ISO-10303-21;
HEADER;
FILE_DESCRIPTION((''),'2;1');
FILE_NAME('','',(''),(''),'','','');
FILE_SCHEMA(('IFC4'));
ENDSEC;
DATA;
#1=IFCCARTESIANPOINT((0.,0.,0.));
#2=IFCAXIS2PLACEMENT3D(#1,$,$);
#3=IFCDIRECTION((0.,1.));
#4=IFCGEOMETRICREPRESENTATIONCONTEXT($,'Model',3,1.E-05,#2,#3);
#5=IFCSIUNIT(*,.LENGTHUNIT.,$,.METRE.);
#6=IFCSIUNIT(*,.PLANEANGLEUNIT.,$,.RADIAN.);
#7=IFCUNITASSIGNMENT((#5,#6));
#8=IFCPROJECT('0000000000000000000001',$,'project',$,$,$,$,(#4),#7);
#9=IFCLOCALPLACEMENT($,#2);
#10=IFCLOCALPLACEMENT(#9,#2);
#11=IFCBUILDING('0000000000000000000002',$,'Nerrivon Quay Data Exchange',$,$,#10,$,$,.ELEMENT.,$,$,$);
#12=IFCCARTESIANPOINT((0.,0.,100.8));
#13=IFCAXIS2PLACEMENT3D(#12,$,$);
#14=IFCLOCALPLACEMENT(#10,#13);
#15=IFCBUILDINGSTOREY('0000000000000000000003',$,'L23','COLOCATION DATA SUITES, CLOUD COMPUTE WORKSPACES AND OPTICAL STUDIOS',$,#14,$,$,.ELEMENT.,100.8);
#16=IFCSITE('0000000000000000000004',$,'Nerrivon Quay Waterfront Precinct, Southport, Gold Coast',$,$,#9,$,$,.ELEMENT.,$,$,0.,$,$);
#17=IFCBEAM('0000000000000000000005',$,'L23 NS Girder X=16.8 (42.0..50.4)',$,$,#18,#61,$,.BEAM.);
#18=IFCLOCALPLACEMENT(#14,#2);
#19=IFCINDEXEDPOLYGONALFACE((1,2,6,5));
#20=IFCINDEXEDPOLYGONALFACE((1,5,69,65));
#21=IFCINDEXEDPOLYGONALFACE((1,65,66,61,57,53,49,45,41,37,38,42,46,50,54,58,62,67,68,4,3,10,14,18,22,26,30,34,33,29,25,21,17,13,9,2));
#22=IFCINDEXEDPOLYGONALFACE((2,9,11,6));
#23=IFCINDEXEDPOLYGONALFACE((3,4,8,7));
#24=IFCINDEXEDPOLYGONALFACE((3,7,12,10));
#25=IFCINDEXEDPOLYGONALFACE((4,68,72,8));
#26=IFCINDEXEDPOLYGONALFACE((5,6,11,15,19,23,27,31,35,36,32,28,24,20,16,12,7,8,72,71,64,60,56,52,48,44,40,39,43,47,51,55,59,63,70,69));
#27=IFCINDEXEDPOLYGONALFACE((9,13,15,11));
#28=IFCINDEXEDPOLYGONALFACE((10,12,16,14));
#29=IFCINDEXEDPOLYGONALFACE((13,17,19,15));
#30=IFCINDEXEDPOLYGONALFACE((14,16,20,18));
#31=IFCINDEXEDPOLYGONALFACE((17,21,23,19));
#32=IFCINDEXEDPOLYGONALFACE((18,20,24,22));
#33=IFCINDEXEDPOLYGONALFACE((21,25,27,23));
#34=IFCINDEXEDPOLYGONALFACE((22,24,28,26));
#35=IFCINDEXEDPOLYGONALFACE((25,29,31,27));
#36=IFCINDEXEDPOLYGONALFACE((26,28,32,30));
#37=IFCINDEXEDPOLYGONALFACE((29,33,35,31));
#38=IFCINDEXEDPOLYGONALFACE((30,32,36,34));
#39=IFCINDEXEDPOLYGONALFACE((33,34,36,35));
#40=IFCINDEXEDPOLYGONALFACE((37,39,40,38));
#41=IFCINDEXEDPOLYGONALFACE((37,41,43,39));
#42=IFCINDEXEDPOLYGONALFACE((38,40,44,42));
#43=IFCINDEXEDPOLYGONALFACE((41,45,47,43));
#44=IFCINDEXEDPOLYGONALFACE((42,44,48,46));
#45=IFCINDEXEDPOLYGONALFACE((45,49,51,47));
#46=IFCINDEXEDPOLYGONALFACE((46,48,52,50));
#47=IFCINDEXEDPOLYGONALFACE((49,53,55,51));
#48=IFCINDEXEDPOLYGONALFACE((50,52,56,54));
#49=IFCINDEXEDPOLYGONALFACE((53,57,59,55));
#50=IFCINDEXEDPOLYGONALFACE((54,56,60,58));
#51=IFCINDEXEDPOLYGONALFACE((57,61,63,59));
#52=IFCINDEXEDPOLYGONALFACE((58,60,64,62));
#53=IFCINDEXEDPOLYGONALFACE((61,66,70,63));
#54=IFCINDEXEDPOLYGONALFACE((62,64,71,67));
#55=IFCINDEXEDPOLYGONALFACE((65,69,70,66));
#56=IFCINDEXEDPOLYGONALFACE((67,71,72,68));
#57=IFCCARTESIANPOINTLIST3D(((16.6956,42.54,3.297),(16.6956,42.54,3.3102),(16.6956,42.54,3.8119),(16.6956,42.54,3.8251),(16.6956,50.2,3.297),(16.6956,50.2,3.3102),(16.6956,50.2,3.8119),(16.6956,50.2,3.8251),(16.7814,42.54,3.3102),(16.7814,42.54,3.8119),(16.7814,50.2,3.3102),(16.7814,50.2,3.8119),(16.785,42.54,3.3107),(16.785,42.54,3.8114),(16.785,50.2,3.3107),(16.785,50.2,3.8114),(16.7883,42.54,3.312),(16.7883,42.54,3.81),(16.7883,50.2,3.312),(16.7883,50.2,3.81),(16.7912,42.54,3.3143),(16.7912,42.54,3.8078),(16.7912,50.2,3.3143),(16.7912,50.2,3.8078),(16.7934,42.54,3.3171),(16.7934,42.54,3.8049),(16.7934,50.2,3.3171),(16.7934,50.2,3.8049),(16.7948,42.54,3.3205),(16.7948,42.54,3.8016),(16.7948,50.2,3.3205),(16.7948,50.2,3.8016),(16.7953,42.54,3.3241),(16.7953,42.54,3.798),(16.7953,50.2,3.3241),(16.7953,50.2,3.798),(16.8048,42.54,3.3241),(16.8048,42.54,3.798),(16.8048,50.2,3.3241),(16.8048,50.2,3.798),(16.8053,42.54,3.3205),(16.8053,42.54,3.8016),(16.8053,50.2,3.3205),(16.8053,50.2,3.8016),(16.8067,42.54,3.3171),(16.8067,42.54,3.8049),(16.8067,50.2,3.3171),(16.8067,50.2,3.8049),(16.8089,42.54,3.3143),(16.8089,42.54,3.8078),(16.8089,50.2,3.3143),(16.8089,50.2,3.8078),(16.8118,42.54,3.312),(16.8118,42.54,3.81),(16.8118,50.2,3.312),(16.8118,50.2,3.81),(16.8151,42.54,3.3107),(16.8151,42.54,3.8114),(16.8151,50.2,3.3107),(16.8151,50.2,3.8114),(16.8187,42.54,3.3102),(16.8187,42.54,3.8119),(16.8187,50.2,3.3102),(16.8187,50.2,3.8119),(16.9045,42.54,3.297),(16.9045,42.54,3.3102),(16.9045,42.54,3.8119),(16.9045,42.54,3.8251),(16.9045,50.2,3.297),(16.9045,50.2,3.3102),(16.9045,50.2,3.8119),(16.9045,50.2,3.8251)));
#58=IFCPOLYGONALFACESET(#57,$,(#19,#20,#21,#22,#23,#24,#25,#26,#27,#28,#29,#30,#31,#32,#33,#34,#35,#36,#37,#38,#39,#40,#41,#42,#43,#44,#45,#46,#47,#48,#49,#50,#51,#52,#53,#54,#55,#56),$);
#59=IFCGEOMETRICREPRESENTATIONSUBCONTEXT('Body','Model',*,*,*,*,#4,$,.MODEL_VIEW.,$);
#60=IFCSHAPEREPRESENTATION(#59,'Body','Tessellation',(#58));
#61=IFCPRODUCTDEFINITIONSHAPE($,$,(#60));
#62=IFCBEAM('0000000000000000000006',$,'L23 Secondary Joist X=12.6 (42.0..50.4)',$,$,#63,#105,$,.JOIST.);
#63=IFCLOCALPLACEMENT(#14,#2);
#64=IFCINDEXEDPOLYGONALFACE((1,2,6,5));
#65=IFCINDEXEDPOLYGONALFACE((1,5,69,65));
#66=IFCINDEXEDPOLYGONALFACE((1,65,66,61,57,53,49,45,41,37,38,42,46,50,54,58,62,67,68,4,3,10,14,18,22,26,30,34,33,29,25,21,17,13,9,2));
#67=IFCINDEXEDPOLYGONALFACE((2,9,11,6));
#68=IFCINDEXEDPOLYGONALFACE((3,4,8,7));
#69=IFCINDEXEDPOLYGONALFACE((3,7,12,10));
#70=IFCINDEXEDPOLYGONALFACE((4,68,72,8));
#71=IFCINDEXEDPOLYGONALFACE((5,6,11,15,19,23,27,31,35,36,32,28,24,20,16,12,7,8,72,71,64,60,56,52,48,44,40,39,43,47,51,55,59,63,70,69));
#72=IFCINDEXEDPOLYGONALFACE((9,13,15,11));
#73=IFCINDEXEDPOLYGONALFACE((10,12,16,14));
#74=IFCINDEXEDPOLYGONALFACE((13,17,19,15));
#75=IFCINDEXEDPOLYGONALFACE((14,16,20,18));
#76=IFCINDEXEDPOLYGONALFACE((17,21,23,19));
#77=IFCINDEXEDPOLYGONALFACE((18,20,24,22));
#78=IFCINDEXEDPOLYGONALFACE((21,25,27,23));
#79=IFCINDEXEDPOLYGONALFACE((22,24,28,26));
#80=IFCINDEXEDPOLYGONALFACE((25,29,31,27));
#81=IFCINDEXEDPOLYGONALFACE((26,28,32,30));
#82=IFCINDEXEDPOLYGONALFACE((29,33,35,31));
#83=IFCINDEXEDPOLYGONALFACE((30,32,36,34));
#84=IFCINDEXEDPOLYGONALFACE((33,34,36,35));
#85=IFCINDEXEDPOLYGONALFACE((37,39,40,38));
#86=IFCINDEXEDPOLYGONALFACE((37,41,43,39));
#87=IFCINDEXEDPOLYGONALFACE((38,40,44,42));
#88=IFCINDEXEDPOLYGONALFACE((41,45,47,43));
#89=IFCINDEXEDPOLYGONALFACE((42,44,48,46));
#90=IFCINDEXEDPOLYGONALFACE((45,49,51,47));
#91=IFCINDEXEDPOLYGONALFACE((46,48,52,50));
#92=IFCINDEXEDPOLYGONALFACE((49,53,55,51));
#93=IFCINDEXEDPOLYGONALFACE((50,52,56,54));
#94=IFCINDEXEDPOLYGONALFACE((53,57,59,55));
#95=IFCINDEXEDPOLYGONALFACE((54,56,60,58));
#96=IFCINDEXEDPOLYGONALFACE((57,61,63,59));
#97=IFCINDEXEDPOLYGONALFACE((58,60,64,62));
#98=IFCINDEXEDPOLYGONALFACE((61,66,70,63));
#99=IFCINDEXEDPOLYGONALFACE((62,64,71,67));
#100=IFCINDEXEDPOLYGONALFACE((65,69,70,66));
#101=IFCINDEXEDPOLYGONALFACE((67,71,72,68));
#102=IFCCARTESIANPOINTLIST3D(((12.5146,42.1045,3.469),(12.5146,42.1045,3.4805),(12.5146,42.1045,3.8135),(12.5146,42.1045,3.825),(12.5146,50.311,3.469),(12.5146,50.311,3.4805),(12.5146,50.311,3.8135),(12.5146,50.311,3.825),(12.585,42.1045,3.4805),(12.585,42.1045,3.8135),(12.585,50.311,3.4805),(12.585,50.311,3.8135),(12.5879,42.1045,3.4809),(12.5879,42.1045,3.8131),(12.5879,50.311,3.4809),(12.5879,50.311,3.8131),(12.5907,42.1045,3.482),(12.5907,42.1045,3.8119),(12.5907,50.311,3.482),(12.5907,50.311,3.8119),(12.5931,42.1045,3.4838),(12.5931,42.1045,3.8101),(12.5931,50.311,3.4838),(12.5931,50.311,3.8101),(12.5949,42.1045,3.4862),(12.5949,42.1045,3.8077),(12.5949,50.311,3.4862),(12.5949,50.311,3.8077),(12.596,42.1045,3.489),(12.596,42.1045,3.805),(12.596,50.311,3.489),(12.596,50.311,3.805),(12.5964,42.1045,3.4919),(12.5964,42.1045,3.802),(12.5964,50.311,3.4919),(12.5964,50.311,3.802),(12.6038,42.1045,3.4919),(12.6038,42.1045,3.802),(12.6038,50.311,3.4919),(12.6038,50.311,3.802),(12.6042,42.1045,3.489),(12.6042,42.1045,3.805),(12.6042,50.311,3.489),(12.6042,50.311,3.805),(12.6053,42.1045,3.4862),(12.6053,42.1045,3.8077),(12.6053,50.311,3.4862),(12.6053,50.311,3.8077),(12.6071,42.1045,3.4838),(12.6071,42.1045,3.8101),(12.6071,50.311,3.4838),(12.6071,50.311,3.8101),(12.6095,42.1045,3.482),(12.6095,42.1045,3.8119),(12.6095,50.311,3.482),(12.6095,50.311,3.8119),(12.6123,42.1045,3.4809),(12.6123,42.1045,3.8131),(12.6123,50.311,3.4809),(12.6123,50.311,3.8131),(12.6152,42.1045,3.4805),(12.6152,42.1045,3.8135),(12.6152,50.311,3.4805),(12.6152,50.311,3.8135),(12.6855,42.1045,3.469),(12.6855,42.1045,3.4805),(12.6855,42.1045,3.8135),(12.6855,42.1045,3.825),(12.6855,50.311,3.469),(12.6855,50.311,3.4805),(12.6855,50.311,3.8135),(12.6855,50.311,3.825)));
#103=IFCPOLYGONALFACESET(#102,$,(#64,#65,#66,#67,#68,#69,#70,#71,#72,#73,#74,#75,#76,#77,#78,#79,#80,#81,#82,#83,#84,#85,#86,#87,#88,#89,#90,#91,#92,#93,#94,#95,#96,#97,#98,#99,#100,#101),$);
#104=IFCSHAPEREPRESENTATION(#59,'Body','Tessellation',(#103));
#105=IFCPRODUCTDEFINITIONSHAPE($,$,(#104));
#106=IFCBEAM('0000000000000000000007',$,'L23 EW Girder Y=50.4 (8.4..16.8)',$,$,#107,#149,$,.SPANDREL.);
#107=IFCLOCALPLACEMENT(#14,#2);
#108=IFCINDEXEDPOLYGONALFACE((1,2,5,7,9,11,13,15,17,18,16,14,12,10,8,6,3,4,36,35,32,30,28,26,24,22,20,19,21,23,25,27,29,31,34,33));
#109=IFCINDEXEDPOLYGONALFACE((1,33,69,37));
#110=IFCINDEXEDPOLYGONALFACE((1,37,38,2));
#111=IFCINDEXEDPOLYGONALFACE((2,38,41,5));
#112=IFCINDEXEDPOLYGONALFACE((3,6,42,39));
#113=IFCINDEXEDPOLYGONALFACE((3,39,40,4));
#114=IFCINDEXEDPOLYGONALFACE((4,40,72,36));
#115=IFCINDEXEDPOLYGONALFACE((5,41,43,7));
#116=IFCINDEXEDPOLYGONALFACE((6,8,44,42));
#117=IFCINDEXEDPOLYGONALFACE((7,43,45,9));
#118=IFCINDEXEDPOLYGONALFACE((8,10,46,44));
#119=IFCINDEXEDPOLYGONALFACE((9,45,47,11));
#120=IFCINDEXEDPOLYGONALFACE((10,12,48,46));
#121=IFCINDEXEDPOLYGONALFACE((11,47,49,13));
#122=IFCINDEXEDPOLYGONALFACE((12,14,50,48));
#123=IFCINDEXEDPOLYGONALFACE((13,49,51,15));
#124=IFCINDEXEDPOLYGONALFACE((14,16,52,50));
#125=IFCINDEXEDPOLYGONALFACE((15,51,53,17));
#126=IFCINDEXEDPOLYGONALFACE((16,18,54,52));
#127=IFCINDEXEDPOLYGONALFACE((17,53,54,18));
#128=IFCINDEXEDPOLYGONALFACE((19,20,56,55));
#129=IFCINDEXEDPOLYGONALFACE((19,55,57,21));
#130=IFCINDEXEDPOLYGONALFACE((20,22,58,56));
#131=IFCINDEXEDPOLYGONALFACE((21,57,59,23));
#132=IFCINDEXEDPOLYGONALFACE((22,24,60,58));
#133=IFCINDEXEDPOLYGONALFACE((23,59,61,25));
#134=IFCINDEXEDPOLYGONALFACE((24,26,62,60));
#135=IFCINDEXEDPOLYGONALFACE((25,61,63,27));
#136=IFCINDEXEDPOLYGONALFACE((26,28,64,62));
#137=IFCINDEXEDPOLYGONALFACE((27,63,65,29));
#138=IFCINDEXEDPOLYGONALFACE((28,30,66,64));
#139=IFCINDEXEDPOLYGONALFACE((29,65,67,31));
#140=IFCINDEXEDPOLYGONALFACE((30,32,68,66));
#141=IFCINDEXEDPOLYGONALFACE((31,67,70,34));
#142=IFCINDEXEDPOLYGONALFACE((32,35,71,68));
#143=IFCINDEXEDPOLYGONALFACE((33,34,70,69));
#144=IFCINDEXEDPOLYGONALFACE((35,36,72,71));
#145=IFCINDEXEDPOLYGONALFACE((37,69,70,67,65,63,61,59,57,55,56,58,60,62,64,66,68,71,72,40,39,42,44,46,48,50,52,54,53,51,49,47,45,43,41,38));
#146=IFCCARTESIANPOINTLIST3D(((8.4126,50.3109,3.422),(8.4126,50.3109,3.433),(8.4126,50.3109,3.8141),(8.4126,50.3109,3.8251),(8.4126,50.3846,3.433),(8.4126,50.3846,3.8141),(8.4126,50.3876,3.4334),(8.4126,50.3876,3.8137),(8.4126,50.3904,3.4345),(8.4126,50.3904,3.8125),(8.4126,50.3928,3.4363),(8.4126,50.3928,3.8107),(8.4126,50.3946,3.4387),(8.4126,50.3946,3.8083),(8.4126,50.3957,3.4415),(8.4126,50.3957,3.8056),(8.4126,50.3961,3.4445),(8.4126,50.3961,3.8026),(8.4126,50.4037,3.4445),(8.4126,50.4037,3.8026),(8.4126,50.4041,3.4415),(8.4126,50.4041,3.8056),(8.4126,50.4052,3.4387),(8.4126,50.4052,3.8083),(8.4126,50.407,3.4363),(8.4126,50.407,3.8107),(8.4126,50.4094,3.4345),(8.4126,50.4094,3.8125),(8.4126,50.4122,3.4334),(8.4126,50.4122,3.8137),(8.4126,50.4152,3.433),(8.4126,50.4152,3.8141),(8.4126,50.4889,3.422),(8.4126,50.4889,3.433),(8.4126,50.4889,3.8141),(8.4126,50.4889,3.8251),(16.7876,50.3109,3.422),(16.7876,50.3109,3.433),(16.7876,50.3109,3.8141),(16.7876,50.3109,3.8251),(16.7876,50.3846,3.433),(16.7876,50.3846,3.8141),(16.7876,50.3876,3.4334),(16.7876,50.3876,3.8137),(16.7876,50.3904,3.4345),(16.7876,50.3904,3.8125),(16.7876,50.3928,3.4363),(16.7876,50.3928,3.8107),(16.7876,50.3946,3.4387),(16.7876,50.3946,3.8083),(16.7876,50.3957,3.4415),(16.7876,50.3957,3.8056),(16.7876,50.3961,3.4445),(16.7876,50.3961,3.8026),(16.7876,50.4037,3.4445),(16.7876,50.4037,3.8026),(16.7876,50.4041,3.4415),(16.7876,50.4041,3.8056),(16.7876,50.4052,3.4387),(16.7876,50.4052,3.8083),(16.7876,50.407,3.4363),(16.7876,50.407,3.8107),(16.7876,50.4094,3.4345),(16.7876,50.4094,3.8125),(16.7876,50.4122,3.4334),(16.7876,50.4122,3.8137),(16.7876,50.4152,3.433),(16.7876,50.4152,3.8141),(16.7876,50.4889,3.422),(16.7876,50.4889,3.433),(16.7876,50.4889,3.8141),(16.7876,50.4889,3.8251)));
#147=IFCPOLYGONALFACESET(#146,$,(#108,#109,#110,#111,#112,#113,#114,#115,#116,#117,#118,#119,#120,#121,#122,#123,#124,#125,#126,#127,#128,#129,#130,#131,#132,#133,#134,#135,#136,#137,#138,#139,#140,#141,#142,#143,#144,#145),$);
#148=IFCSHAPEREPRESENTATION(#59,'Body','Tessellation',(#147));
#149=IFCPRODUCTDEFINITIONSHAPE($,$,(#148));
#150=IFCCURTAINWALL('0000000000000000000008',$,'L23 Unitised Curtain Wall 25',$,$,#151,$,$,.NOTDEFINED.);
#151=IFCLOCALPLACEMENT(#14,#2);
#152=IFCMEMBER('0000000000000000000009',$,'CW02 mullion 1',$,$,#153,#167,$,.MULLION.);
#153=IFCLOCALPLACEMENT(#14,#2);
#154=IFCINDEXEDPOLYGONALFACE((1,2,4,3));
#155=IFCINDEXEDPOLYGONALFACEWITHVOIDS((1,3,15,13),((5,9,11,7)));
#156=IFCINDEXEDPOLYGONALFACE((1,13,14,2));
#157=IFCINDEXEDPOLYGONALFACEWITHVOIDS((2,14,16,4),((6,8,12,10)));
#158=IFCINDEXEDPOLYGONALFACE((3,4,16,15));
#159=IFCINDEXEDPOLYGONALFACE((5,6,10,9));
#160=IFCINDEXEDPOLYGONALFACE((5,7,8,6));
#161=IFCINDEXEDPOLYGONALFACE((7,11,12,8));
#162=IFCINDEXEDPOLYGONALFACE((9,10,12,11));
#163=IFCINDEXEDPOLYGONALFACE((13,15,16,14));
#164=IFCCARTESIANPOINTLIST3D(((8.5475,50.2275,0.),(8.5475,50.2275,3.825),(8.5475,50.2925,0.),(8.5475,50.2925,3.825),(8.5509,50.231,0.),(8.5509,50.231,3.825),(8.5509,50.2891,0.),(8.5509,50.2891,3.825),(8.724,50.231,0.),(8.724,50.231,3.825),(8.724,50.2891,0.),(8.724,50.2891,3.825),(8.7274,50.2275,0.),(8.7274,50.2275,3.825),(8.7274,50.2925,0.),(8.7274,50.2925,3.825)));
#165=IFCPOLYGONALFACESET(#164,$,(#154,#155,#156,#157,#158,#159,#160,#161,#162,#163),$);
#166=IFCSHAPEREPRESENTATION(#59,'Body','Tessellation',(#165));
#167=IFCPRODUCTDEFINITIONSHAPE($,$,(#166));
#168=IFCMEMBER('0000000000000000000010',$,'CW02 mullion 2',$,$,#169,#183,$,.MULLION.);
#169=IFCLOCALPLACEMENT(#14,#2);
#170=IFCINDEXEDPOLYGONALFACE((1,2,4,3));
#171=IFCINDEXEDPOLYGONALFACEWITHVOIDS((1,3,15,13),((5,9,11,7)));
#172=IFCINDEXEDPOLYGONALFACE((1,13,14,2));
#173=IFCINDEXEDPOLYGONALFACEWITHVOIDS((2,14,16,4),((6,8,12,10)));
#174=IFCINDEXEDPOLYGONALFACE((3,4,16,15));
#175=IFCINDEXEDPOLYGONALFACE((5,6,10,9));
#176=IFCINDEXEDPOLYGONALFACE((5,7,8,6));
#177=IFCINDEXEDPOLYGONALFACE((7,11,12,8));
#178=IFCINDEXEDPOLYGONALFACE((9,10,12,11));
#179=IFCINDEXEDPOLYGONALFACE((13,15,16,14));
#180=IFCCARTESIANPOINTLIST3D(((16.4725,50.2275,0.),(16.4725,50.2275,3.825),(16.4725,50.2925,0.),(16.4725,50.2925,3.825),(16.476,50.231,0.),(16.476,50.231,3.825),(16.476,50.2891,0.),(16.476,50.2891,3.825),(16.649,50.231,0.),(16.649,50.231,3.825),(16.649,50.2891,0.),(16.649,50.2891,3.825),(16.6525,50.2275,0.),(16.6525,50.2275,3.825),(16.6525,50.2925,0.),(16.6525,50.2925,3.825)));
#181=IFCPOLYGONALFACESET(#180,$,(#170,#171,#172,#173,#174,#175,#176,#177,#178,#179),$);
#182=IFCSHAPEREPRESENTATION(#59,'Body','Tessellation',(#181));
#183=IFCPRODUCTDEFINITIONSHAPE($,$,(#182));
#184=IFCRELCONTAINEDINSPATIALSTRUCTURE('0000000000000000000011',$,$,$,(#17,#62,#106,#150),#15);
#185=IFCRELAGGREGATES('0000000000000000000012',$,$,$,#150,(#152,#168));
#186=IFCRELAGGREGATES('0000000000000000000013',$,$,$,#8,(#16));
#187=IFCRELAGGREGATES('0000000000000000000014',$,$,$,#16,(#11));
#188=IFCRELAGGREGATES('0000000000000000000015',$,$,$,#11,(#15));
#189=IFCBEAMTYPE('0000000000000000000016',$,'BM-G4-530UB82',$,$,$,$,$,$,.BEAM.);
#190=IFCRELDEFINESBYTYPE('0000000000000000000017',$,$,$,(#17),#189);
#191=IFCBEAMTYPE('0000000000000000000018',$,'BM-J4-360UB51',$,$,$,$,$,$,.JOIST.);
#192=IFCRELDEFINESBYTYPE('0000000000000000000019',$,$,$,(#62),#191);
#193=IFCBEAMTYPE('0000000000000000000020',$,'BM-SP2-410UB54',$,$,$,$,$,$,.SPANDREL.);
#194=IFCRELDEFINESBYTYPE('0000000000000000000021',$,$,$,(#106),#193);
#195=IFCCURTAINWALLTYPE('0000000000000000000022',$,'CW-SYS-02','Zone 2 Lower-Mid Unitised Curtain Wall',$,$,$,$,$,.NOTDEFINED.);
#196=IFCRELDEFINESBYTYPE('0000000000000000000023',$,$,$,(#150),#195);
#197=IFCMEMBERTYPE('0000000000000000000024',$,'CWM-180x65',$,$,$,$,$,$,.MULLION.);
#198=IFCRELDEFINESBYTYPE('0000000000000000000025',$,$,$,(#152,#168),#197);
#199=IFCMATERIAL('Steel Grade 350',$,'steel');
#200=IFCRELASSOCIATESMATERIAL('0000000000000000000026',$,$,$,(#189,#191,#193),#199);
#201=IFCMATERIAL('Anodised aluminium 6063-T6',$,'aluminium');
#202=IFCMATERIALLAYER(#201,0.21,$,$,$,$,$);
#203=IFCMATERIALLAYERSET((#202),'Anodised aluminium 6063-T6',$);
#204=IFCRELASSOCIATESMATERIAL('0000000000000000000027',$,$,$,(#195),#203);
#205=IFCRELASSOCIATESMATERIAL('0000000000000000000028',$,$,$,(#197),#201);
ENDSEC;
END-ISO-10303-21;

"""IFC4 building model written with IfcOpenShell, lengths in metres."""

from ifc_helpers import new_model, si_unit, direction, frame, origin, origin_2d, place, context, subcontext, project, spatial, hollow_rectangle, i_section, extrude, material, layer, layer_set, material_profile, profile_set, type_object, element, aggregate, save


model = new_model("IFC4")

# Units and contexts
model_context = context("Model", 3, precision=1e-05, world=origin(), true_north=direction((0.0, 1.0)))
body_context = subcontext(model_context, "Body", "Model", "MODEL_VIEW")
ifc_project = project(units=[si_unit("LENGTHUNIT", "METRE"), si_unit("PLANEANGLEUNIT", "RADIAN")], contexts=[model_context])

# Site, building, storey
site_placement = place(None, origin())
site = spatial("IfcSite", under=ifc_project, at=site_placement, Name="Nerrivon Quay Waterfront Precinct, Southport, Gold Coast", CompositionType="ELEMENT", RefElevation=0.0)
building_placement = place(site_placement, origin())
building = spatial("IfcBuilding", under=site, at=building_placement, Name="Nerrivon Quay Data Exchange", CompositionType="ELEMENT")
storey_placement = place(building_placement, frame((0.0, 0.0, 100.8)))
storey = spatial("IfcBuildingStorey", under=building, at=storey_placement, Name="L23", Description="COLOCATION DATA SUITES, CLOUD COMPUTE WORKSPACES AND OPTICAL STUDIOS", CompositionType="ELEMENT", Elevation=100.8)

# Shared definitions
ifc_material_1 = material(Name="Steel Grade 350", Category="steel")

# Beams
ifc_material_profile_1 = material_profile(ifc_material_1, i_section(OverallWidth=0.209, OverallDepth=0.5281, WebThickness=0.0095, FlangeThickness=0.0132, FilletRadius=0.0139, at=origin_2d()), Name="530UB82.0")
ifc_profile_set_1 = profile_set([ifc_material_profile_1], Name="Steel Grade 350")
beam_type_1 = type_object("IfcBeamType", Name="BM-G4-530UB82", PredefinedType="BEAM", material=ifc_profile_set_1)
beam_1_placement = place(storey_placement, frame((16.8, 42.54, 3.561), z_axis=(0.0, 1.0, 0.0), x_axis=(-1.0, 0.0, 0.0)))
element("IfcBeam", 1, at=beam_1_placement, inside=storey, type_object=beam_type_1, Name="L23 NS Girder X=16.8 (42.0..50.4)", PredefinedType="BEAM", context=body_context, shape_type="SweptSolid", body=[
    extrude(i_section(OverallWidth=0.209, OverallDepth=0.5281, WebThickness=0.0095, FlangeThickness=0.0132, FilletRadius=0.0139, at=origin_2d()), origin(), (0.0, 0.0, 1.0), 7.6599),
])
ifc_material_profile_2 = material_profile(ifc_material_1, i_section(OverallWidth=0.1709, OverallDepth=0.356, WebThickness=0.0073, FlangeThickness=0.0115, FilletRadius=0.0115, at=origin_2d()), Name="360UB50.7")
ifc_profile_set_2 = profile_set([ifc_material_profile_2], Name="Steel Grade 350")
beam_type_2 = type_object("IfcBeamType", Name="BM-J4-360UB51", PredefinedType="JOIST", material=ifc_profile_set_2)
beam_2_placement = place(storey_placement, frame((12.6001, 42.1045, 3.647), z_axis=(0.0, 1.0, 0.0), x_axis=(-1.0, 0.0, 0.0)))
element("IfcBeam", 2, at=beam_2_placement, inside=storey, type_object=beam_type_2, Name="L23 Secondary Joist X=12.6 (42.0..50.4)", PredefinedType="JOIST", context=body_context, shape_type="SweptSolid", body=[
    extrude(i_section(OverallWidth=0.1709, OverallDepth=0.356, WebThickness=0.0073, FlangeThickness=0.0115, FilletRadius=0.0115, at=origin_2d()), origin(), (0.0, 0.0, 1.0), 8.2065),
])
ifc_material_profile_3 = material_profile(ifc_material_1, i_section(OverallWidth=0.178, OverallDepth=0.4031, WebThickness=0.0076, FlangeThickness=0.011, FilletRadius=0.0115, at=origin_2d()), Name="410UB53.7")
ifc_profile_set_3 = profile_set([ifc_material_profile_3], Name="Steel Grade 350")
beam_type_3 = type_object("IfcBeamType", Name="BM-SP2-410UB54", PredefinedType="SPANDREL", material=ifc_profile_set_3)
beam_3_placement = place(storey_placement, frame((8.4126, 50.3999, 3.6235), z_axis=(1.0, 0.0, 0.0), x_axis=(0.0, 1.0, 0.0)))
element("IfcBeam", 3, at=beam_3_placement, inside=storey, type_object=beam_type_3, Name="L23 EW Girder Y=50.4 (8.4..16.8)", PredefinedType="SPANDREL", context=body_context, shape_type="SweptSolid", body=[
    extrude(i_section(OverallWidth=0.178, OverallDepth=0.4031, WebThickness=0.0076, FlangeThickness=0.011, FilletRadius=0.0115, at=origin_2d()), origin(), (0.0, 0.0, 1.0), 8.375),
])

# Curtain wall, members
ifc_material_2 = material(Name="Anodised aluminium 6063-T6", Category="aluminium")
ifc_layer_1 = layer(ifc_material_2, 0.21)
ifc_layer_set_1 = layer_set([ifc_layer_1], Name="Anodised aluminium 6063-T6")
curtain_wall_type = type_object("IfcCurtainWallType", Name="CW-SYS-02", Description="Zone 2 Lower-Mid Unitised Curtain Wall", PredefinedType="NOTDEFINED", material=ifc_layer_set_1)
curtain_wall_1_placement = place(storey_placement, origin())
curtain_wall_1 = element("IfcCurtainWall", 4, at=curtain_wall_1_placement, inside=storey, type_object=curtain_wall_type, Name="L23 Unitised Curtain Wall 25", PredefinedType="NOTDEFINED")
ifc_material_profile_4 = material_profile(ifc_material_2, hollow_rectangle(XDim=0.0649, YDim=0.1799, WallThickness=0.0034, at=origin_2d()), Name="ALU-MULL-180x65")
ifc_profile_set_4 = profile_set([ifc_material_profile_4], Name="Anodised aluminium 6063-T6")
member_type_1 = type_object("IfcMemberType", Name="CWM-180x65", PredefinedType="MULLION", material=ifc_profile_set_4)
member_1_placement = place(storey_placement, frame((8.6375, 50.26, 0.0), z_axis=(0.0, 0.0, 1.0), x_axis=(0.0, 1.0, 0.0)))
member_1 = element("IfcMember", 5, at=member_1_placement, type_object=member_type_1, Name="CW02 mullion 1", PredefinedType="MULLION", context=body_context, shape_type="SweptSolid", body=[
    extrude(hollow_rectangle(XDim=0.0649, YDim=0.1799, WallThickness=0.0034, at=origin_2d()), origin(), (0.0, 0.0, 1.0), 3.825),
])
member_2_placement = place(storey_placement, frame((16.5625, 50.26, 0.0), z_axis=(0.0, 0.0, 1.0), x_axis=(0.0, 1.0, 0.0)))
member_2 = element("IfcMember", 6, at=member_2_placement, type_object=member_type_1, Name="CW02 mullion 2", PredefinedType="MULLION", context=body_context, shape_type="SweptSolid", body=[
    extrude(hollow_rectangle(XDim=0.0649, YDim=0.1799, WallThickness=0.0034, at=origin_2d()), origin(), (0.0, 0.0, 1.0), 3.825),
])

aggregate(curtain_wall_1, [member_1, member_2])

save(model, "model.ifc")
